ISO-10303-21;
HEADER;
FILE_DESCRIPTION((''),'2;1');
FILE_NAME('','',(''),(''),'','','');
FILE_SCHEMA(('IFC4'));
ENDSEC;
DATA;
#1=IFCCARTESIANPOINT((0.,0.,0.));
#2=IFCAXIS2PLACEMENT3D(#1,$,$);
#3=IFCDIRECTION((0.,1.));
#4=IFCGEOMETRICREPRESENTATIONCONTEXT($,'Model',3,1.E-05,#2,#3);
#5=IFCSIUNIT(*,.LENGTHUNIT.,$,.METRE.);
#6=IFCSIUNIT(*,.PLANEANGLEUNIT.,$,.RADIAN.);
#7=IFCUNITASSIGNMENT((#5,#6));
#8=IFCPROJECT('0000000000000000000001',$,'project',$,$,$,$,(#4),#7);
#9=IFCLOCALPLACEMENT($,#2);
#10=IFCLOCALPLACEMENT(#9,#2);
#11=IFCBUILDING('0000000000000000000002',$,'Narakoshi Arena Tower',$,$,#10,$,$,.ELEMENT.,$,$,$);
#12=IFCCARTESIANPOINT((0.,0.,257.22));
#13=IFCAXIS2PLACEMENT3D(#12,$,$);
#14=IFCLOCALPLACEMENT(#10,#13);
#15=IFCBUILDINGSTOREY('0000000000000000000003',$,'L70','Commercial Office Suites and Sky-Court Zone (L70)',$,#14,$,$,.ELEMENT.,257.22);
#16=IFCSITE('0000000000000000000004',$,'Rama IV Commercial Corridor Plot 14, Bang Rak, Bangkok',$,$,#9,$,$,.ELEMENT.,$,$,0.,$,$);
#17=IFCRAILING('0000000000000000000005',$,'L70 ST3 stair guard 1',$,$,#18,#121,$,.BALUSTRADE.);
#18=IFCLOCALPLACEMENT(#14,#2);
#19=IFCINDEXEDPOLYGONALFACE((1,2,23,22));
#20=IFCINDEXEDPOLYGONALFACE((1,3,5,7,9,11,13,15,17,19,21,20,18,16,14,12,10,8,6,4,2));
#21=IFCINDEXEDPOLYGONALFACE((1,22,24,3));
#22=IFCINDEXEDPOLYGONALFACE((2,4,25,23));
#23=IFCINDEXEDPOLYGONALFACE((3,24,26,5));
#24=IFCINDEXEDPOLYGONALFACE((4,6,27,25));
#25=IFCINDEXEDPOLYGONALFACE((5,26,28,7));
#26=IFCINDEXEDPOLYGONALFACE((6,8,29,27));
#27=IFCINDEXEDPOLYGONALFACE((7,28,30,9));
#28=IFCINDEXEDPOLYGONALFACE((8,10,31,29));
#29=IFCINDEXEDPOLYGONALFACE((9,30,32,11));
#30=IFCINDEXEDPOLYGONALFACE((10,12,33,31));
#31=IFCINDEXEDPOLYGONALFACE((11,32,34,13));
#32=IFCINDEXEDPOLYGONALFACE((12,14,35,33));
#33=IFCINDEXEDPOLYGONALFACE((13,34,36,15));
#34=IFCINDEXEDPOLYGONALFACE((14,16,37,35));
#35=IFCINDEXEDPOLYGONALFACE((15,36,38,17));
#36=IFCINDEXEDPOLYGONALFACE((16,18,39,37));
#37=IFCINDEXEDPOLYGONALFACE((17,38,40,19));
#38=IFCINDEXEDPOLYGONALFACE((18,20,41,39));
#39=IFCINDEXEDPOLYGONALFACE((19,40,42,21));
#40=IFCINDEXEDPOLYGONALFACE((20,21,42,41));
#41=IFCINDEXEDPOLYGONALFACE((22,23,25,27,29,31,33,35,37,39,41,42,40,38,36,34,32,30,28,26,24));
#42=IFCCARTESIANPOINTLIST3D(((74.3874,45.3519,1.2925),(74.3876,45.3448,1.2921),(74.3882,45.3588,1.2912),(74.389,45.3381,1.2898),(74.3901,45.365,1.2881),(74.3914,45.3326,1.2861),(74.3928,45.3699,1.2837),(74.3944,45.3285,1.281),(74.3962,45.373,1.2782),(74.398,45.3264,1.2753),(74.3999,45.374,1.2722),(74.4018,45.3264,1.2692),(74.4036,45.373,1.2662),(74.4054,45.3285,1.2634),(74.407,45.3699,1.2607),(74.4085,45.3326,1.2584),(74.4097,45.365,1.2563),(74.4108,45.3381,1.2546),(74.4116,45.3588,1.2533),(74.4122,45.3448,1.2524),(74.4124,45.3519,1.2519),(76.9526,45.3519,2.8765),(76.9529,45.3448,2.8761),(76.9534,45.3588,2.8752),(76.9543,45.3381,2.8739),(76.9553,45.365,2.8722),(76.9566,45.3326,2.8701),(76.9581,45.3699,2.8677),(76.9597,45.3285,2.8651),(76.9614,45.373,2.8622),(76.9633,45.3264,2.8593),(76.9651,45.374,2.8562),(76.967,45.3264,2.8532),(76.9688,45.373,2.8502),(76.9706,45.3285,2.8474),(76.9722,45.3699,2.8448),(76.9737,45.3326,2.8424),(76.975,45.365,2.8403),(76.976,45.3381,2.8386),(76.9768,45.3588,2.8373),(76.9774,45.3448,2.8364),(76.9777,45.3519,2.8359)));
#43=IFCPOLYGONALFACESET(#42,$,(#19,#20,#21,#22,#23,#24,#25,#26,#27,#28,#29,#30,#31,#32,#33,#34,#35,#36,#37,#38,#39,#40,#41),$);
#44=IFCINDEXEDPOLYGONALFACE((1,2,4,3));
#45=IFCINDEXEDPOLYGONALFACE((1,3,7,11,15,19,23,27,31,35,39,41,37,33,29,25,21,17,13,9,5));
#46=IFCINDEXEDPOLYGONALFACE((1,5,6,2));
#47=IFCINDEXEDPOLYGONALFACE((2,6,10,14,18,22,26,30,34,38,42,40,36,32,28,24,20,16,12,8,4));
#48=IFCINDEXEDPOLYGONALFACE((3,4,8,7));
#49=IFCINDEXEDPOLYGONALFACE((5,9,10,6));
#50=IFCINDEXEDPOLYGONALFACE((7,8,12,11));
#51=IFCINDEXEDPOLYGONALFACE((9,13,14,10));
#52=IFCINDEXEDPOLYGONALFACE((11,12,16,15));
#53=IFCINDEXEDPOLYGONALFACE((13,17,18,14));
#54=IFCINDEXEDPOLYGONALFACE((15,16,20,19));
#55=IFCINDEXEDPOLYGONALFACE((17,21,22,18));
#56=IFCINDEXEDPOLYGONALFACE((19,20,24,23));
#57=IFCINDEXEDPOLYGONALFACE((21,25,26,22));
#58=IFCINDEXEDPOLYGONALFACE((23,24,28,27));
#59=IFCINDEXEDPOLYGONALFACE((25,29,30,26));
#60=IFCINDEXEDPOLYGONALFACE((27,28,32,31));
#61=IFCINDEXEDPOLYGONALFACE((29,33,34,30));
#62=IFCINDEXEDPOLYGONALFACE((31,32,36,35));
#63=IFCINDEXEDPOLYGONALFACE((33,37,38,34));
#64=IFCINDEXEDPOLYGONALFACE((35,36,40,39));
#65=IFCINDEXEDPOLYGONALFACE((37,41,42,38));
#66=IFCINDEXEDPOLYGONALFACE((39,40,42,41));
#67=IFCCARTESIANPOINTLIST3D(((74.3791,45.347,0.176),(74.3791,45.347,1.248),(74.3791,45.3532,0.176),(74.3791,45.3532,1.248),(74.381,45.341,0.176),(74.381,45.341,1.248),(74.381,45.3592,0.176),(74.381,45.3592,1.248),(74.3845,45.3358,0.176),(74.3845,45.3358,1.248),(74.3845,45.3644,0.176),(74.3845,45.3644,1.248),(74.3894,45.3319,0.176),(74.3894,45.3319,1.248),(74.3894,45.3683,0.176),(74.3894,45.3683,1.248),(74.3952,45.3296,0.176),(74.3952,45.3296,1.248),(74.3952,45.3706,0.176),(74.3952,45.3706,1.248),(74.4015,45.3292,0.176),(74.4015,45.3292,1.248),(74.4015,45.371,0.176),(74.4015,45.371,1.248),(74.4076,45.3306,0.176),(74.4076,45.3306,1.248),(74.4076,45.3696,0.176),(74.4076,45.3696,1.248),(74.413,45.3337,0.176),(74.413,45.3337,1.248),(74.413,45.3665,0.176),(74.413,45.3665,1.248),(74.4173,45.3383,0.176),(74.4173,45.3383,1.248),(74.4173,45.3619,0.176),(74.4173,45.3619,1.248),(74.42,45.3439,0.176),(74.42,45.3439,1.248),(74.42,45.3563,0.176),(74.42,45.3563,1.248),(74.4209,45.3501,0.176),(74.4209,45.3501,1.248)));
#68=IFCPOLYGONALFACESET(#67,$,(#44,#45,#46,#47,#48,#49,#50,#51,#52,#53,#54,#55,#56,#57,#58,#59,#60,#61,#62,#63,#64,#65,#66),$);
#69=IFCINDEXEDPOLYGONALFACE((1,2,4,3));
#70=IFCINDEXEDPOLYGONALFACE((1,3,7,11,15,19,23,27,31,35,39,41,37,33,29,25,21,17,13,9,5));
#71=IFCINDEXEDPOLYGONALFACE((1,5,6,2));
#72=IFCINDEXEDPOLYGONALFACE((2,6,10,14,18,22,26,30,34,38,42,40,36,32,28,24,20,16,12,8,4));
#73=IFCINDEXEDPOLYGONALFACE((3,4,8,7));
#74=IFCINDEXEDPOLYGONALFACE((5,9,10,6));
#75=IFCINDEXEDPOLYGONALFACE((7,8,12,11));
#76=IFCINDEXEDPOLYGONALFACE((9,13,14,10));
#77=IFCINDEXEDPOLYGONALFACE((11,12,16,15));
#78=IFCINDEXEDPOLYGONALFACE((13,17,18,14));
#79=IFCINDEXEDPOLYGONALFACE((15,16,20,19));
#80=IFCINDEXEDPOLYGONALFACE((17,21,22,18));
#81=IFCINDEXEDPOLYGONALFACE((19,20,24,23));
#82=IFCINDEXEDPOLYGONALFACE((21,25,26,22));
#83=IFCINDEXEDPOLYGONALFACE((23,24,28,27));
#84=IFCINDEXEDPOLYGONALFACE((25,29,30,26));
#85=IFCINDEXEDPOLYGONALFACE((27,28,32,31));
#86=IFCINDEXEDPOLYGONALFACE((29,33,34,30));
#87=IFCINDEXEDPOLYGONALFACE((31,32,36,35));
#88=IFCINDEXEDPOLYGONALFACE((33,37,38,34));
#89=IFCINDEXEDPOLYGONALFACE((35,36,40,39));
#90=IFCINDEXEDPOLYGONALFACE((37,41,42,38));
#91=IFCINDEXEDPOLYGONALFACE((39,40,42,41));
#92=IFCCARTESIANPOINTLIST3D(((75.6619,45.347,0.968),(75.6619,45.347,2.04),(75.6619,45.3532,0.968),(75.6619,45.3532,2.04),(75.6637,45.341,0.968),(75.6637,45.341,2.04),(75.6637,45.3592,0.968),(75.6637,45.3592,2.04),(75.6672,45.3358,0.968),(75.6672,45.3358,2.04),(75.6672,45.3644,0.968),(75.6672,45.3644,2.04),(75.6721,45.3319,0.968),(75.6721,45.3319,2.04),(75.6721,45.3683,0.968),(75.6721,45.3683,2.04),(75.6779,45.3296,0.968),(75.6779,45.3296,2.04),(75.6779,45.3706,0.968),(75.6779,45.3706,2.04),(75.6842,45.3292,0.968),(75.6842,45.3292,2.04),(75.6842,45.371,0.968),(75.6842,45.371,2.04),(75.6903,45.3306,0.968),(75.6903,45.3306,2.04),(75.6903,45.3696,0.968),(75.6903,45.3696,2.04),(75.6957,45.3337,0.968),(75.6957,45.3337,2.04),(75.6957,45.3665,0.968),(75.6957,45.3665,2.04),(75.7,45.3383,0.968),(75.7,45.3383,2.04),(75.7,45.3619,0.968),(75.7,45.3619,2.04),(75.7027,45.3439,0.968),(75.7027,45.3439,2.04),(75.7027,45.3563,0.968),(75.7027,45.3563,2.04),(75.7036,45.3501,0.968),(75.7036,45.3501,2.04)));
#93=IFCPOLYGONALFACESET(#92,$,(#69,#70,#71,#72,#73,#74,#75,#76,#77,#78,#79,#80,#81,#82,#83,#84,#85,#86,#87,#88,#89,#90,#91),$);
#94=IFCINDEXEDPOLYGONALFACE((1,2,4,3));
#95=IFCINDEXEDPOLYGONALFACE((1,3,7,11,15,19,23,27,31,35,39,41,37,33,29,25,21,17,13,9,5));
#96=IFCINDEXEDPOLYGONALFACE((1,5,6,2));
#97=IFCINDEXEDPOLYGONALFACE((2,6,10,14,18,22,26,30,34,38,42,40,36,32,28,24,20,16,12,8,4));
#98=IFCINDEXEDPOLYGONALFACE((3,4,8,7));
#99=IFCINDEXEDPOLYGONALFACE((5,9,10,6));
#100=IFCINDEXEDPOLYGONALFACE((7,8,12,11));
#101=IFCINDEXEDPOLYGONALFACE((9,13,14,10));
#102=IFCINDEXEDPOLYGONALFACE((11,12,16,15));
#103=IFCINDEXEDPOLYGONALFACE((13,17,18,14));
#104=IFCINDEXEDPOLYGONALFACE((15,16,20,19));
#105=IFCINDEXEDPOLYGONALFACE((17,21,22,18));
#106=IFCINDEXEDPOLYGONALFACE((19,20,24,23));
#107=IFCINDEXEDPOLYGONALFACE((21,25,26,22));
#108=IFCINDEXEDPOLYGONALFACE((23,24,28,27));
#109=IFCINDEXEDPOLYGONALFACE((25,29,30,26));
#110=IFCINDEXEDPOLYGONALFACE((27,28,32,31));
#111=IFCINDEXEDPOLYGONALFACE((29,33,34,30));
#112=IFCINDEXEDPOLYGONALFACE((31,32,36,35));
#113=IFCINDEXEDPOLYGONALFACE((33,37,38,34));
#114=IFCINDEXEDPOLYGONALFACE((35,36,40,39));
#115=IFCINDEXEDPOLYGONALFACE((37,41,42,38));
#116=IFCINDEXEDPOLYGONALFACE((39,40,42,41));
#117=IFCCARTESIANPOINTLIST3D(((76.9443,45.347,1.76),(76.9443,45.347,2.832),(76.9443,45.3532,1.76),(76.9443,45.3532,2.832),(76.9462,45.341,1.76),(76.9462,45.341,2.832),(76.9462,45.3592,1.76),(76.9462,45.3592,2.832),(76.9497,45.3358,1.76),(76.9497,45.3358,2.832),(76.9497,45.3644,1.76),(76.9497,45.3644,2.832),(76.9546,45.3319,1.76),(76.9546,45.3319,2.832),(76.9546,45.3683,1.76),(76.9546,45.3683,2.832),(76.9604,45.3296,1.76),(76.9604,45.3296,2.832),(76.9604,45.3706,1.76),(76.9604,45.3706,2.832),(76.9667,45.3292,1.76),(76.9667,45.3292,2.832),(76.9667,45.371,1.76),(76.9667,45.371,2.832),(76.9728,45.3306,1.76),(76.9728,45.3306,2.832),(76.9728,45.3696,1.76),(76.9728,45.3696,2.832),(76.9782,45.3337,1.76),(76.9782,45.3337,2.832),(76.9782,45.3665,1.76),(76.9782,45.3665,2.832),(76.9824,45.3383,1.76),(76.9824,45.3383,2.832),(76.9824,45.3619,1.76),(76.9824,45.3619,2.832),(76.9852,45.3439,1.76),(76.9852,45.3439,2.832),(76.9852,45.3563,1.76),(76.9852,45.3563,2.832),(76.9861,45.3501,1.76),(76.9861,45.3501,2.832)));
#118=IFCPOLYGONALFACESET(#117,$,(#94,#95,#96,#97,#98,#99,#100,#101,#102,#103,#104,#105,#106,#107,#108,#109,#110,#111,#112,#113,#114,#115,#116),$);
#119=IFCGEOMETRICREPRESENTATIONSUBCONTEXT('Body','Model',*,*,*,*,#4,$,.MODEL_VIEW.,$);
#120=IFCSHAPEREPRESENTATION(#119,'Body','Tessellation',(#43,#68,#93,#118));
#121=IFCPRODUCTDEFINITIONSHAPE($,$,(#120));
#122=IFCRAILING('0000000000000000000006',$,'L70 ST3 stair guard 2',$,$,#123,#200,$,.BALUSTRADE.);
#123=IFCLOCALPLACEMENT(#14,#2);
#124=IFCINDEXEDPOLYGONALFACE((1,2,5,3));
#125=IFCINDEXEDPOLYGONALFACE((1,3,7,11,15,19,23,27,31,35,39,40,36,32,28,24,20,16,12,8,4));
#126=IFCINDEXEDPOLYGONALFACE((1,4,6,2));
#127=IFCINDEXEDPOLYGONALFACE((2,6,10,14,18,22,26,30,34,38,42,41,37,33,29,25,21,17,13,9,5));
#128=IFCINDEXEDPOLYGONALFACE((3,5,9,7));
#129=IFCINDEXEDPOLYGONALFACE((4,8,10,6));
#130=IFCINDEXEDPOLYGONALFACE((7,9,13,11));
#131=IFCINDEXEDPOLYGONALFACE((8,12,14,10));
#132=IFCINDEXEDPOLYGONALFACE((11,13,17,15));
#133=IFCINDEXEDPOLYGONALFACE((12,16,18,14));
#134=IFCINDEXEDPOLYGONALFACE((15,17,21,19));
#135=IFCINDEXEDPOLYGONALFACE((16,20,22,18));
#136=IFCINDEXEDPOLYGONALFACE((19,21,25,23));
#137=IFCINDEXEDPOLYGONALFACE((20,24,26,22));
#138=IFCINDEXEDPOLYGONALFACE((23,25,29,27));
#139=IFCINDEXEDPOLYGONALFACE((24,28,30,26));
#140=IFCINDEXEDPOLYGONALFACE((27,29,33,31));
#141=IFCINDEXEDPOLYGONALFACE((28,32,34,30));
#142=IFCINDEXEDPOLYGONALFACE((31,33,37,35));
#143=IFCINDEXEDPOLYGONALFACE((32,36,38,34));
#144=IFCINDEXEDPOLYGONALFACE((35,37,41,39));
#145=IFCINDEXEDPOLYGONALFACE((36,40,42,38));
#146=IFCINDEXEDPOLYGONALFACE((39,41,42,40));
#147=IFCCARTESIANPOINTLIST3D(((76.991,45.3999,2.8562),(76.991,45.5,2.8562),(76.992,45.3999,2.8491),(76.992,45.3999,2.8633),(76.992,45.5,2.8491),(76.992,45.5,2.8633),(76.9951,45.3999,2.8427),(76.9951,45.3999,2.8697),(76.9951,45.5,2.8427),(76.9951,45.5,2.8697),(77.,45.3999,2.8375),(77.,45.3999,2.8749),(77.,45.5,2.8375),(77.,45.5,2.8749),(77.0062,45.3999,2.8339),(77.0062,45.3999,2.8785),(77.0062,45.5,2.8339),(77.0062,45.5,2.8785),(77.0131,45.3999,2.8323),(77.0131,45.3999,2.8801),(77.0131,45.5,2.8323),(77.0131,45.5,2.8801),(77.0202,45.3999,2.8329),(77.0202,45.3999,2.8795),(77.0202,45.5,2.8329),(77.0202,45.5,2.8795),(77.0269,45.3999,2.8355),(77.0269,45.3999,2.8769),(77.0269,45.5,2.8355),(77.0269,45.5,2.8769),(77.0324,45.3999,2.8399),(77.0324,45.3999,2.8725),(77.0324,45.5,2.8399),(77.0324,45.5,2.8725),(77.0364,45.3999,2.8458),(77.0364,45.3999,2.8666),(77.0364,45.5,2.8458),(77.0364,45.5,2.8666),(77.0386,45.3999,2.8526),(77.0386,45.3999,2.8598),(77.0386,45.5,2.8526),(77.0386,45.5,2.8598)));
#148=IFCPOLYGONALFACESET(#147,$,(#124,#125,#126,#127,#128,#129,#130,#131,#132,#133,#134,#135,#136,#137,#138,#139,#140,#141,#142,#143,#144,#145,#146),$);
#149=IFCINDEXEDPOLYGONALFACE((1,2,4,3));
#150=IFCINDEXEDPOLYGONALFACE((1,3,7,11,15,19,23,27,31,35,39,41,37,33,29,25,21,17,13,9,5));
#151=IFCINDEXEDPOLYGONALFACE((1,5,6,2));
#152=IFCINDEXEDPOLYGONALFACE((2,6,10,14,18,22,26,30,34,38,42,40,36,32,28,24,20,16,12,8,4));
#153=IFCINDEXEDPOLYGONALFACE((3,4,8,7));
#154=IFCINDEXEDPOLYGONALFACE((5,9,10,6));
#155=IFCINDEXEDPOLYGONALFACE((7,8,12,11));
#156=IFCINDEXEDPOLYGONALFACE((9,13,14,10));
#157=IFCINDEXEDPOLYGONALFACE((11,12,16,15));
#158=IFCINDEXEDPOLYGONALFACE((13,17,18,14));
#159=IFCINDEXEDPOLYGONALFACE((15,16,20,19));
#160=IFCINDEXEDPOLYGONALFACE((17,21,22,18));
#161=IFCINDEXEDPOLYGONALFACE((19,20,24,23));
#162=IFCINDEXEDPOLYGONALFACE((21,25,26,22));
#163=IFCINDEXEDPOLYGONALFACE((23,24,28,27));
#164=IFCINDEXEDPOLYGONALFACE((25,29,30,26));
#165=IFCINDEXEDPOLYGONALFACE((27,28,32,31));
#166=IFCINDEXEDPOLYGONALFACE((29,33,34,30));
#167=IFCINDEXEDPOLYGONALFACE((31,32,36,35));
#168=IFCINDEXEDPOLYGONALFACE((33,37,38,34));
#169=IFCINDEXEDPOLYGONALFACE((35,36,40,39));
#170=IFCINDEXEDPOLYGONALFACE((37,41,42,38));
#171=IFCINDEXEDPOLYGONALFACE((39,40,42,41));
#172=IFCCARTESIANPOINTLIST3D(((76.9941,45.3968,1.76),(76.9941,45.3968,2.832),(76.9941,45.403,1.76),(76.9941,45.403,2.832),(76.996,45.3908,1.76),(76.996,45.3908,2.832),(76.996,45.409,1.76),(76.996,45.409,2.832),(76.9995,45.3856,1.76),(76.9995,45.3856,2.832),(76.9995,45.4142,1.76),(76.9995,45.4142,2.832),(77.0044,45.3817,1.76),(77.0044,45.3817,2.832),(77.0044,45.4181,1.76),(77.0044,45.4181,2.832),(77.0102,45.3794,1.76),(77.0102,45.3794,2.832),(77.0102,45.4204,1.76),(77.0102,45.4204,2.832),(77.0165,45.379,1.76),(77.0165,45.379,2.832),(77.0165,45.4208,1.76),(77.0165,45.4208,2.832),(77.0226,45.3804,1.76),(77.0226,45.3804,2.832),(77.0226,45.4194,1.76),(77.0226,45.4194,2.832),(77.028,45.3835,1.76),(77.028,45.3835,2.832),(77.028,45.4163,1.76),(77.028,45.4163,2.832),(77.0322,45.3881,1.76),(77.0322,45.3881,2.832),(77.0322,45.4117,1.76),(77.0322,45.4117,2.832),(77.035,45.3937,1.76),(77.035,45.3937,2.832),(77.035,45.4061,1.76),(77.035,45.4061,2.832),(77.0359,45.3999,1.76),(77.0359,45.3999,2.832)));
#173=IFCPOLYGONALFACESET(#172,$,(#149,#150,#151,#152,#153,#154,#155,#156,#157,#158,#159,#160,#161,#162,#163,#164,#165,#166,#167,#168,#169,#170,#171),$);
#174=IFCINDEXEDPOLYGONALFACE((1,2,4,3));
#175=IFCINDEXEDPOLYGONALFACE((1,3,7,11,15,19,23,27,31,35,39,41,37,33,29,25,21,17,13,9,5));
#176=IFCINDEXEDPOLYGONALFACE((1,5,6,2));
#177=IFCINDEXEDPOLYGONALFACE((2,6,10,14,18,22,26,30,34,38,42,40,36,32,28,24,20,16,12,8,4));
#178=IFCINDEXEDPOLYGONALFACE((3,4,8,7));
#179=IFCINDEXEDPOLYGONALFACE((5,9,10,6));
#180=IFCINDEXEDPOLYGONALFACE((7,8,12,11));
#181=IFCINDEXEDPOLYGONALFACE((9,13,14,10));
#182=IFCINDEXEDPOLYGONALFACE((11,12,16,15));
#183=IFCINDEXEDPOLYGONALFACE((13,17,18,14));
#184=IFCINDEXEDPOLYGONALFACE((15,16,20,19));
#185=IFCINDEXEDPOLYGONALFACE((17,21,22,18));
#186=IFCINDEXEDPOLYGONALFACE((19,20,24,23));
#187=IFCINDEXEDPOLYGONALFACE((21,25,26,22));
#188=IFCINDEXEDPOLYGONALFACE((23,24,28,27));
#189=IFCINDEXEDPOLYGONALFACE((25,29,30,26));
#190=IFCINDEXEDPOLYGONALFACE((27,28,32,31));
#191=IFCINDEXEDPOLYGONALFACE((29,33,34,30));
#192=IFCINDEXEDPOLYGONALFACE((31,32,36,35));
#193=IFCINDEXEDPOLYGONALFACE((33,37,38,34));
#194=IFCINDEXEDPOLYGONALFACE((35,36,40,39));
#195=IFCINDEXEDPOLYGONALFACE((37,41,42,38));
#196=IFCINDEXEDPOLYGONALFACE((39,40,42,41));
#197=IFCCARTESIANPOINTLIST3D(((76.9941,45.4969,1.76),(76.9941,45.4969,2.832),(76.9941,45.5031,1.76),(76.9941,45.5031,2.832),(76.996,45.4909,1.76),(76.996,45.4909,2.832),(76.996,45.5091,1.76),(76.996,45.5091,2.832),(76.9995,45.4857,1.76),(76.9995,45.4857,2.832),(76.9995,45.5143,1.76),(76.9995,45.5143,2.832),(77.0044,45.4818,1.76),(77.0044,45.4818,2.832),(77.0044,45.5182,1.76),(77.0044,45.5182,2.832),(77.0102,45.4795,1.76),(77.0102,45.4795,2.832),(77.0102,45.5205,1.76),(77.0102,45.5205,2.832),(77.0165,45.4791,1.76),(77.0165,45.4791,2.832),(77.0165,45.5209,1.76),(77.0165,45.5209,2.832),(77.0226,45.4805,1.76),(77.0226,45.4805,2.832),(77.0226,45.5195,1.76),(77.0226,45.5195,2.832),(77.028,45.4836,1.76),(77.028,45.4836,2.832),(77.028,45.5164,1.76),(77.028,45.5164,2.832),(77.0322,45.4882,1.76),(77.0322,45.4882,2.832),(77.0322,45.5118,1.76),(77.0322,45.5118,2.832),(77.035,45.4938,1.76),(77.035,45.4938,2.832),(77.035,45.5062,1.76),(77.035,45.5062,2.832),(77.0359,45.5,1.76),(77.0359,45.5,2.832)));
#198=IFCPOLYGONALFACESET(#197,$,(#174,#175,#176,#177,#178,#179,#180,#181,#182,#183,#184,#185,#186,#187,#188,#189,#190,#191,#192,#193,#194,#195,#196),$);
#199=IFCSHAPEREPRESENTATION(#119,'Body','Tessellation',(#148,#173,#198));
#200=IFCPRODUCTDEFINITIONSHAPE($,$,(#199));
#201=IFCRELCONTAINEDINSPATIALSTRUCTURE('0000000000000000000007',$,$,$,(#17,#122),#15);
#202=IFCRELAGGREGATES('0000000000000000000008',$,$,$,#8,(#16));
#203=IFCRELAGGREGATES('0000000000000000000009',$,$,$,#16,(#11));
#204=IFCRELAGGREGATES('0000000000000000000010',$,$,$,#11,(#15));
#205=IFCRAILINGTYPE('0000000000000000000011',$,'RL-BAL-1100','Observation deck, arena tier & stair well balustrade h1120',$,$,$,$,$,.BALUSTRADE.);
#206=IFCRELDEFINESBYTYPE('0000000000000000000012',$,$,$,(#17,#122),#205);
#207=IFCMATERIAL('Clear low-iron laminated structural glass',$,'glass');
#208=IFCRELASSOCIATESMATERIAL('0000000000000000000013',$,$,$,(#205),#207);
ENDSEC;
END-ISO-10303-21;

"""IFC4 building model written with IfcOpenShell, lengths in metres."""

from ifc_helpers import new_model, si_unit, direction, frame, origin, origin_2d, place, context, subcontext, project, spatial, circle, extrude, material, type_object, element, save


model = new_model("IFC4")

# Units and contexts
model_context = context("Model", 3, precision=1e-05, world=origin(), true_north=direction((0.0, 1.0)))
body_context = subcontext(model_context, "Body", "Model", "MODEL_VIEW")
ifc_project = project(units=[si_unit("LENGTHUNIT", "METRE"), si_unit("PLANEANGLEUNIT", "RADIAN")], contexts=[model_context])

# Site, building, storey
site_placement = place(None, origin())
site = spatial("IfcSite", under=ifc_project, at=site_placement, Name="Rama IV Commercial Corridor Plot 14, Bang Rak, Bangkok", CompositionType="ELEMENT", RefElevation=0.0)
building_placement = place(site_placement, origin())
building = spatial("IfcBuilding", under=site, at=building_placement, Name="Narakoshi Arena Tower", CompositionType="ELEMENT")
storey_placement = place(building_placement, frame((0.0, 0.0, 257.22)))
storey = spatial("IfcBuildingStorey", under=building, at=storey_placement, Name="L70", Description="Commercial Office Suites and Sky-Court Zone (L70)", CompositionType="ELEMENT", Elevation=257.22)

# Railings
ifc_material_1 = material(Name="Clear low-iron laminated structural glass", Category="glass")
railing_type_1 = type_object("IfcRailingType", Name="RL-BAL-1100", Description="Observation deck, arena tier & stair well balustrade h1120", PredefinedType="BALUSTRADE", material=ifc_material_1)
railing_1_placement = place(storey_placement, frame((74.3999, 45.3501, 0.176)))
element("IfcRailing", 1, at=railing_1_placement, inside=storey, type_object=railing_type_1, Name="L70 ST3 stair guard 1", PredefinedType="BALUSTRADE", context=body_context, shape_type="SweptSolid", body=[
    extrude(circle(Radius=0.0239, at=origin_2d()), frame((0.0, 0.0, 1.0962), z_axis=(0.850857, 0.0, 0.525398), x_axis=(0.0, 1.0, 0.0)), (0.0, 0.0, 1.0), 3.0149),
    extrude(circle(Radius=0.021, at=origin_2d()), origin(), (0.0, 0.0, 1.0), 1.072),
    extrude(circle(Radius=0.021, at=origin_2d()), frame((1.2827, 0.0, 0.792)), (0.0, 0.0, 1.0), 1.072),
    extrude(circle(Radius=0.021, at=origin_2d()), frame((2.5652, 0.0, 1.584)), (0.0, 0.0, 1.0), 1.072),
])
railing_2_placement = place(storey_placement, frame((77.0149, 45.3999, 1.76)))
element("IfcRailing", 2, at=railing_2_placement, inside=storey, type_object=railing_type_1, Name="L70 ST3 stair guard 2", PredefinedType="BALUSTRADE", context=body_context, shape_type="SweptSolid", body=[
    extrude(circle(Radius=0.0239, at=origin_2d()), frame((0.0, 0.0, 1.0962), z_axis=(0.0, 1.0, 0.0), x_axis=(-1.0, 0.0, 0.0)), (0.0, 0.0, 1.0), 0.1001),
    extrude(circle(Radius=0.021, at=origin_2d()), origin(), (0.0, 0.0, 1.0), 1.072),
    extrude(circle(Radius=0.021, at=origin_2d()), frame((0.0, 0.1001, 0.0)), (0.0, 0.0, 1.0), 1.072),
])

save(model, "model.ifc")
